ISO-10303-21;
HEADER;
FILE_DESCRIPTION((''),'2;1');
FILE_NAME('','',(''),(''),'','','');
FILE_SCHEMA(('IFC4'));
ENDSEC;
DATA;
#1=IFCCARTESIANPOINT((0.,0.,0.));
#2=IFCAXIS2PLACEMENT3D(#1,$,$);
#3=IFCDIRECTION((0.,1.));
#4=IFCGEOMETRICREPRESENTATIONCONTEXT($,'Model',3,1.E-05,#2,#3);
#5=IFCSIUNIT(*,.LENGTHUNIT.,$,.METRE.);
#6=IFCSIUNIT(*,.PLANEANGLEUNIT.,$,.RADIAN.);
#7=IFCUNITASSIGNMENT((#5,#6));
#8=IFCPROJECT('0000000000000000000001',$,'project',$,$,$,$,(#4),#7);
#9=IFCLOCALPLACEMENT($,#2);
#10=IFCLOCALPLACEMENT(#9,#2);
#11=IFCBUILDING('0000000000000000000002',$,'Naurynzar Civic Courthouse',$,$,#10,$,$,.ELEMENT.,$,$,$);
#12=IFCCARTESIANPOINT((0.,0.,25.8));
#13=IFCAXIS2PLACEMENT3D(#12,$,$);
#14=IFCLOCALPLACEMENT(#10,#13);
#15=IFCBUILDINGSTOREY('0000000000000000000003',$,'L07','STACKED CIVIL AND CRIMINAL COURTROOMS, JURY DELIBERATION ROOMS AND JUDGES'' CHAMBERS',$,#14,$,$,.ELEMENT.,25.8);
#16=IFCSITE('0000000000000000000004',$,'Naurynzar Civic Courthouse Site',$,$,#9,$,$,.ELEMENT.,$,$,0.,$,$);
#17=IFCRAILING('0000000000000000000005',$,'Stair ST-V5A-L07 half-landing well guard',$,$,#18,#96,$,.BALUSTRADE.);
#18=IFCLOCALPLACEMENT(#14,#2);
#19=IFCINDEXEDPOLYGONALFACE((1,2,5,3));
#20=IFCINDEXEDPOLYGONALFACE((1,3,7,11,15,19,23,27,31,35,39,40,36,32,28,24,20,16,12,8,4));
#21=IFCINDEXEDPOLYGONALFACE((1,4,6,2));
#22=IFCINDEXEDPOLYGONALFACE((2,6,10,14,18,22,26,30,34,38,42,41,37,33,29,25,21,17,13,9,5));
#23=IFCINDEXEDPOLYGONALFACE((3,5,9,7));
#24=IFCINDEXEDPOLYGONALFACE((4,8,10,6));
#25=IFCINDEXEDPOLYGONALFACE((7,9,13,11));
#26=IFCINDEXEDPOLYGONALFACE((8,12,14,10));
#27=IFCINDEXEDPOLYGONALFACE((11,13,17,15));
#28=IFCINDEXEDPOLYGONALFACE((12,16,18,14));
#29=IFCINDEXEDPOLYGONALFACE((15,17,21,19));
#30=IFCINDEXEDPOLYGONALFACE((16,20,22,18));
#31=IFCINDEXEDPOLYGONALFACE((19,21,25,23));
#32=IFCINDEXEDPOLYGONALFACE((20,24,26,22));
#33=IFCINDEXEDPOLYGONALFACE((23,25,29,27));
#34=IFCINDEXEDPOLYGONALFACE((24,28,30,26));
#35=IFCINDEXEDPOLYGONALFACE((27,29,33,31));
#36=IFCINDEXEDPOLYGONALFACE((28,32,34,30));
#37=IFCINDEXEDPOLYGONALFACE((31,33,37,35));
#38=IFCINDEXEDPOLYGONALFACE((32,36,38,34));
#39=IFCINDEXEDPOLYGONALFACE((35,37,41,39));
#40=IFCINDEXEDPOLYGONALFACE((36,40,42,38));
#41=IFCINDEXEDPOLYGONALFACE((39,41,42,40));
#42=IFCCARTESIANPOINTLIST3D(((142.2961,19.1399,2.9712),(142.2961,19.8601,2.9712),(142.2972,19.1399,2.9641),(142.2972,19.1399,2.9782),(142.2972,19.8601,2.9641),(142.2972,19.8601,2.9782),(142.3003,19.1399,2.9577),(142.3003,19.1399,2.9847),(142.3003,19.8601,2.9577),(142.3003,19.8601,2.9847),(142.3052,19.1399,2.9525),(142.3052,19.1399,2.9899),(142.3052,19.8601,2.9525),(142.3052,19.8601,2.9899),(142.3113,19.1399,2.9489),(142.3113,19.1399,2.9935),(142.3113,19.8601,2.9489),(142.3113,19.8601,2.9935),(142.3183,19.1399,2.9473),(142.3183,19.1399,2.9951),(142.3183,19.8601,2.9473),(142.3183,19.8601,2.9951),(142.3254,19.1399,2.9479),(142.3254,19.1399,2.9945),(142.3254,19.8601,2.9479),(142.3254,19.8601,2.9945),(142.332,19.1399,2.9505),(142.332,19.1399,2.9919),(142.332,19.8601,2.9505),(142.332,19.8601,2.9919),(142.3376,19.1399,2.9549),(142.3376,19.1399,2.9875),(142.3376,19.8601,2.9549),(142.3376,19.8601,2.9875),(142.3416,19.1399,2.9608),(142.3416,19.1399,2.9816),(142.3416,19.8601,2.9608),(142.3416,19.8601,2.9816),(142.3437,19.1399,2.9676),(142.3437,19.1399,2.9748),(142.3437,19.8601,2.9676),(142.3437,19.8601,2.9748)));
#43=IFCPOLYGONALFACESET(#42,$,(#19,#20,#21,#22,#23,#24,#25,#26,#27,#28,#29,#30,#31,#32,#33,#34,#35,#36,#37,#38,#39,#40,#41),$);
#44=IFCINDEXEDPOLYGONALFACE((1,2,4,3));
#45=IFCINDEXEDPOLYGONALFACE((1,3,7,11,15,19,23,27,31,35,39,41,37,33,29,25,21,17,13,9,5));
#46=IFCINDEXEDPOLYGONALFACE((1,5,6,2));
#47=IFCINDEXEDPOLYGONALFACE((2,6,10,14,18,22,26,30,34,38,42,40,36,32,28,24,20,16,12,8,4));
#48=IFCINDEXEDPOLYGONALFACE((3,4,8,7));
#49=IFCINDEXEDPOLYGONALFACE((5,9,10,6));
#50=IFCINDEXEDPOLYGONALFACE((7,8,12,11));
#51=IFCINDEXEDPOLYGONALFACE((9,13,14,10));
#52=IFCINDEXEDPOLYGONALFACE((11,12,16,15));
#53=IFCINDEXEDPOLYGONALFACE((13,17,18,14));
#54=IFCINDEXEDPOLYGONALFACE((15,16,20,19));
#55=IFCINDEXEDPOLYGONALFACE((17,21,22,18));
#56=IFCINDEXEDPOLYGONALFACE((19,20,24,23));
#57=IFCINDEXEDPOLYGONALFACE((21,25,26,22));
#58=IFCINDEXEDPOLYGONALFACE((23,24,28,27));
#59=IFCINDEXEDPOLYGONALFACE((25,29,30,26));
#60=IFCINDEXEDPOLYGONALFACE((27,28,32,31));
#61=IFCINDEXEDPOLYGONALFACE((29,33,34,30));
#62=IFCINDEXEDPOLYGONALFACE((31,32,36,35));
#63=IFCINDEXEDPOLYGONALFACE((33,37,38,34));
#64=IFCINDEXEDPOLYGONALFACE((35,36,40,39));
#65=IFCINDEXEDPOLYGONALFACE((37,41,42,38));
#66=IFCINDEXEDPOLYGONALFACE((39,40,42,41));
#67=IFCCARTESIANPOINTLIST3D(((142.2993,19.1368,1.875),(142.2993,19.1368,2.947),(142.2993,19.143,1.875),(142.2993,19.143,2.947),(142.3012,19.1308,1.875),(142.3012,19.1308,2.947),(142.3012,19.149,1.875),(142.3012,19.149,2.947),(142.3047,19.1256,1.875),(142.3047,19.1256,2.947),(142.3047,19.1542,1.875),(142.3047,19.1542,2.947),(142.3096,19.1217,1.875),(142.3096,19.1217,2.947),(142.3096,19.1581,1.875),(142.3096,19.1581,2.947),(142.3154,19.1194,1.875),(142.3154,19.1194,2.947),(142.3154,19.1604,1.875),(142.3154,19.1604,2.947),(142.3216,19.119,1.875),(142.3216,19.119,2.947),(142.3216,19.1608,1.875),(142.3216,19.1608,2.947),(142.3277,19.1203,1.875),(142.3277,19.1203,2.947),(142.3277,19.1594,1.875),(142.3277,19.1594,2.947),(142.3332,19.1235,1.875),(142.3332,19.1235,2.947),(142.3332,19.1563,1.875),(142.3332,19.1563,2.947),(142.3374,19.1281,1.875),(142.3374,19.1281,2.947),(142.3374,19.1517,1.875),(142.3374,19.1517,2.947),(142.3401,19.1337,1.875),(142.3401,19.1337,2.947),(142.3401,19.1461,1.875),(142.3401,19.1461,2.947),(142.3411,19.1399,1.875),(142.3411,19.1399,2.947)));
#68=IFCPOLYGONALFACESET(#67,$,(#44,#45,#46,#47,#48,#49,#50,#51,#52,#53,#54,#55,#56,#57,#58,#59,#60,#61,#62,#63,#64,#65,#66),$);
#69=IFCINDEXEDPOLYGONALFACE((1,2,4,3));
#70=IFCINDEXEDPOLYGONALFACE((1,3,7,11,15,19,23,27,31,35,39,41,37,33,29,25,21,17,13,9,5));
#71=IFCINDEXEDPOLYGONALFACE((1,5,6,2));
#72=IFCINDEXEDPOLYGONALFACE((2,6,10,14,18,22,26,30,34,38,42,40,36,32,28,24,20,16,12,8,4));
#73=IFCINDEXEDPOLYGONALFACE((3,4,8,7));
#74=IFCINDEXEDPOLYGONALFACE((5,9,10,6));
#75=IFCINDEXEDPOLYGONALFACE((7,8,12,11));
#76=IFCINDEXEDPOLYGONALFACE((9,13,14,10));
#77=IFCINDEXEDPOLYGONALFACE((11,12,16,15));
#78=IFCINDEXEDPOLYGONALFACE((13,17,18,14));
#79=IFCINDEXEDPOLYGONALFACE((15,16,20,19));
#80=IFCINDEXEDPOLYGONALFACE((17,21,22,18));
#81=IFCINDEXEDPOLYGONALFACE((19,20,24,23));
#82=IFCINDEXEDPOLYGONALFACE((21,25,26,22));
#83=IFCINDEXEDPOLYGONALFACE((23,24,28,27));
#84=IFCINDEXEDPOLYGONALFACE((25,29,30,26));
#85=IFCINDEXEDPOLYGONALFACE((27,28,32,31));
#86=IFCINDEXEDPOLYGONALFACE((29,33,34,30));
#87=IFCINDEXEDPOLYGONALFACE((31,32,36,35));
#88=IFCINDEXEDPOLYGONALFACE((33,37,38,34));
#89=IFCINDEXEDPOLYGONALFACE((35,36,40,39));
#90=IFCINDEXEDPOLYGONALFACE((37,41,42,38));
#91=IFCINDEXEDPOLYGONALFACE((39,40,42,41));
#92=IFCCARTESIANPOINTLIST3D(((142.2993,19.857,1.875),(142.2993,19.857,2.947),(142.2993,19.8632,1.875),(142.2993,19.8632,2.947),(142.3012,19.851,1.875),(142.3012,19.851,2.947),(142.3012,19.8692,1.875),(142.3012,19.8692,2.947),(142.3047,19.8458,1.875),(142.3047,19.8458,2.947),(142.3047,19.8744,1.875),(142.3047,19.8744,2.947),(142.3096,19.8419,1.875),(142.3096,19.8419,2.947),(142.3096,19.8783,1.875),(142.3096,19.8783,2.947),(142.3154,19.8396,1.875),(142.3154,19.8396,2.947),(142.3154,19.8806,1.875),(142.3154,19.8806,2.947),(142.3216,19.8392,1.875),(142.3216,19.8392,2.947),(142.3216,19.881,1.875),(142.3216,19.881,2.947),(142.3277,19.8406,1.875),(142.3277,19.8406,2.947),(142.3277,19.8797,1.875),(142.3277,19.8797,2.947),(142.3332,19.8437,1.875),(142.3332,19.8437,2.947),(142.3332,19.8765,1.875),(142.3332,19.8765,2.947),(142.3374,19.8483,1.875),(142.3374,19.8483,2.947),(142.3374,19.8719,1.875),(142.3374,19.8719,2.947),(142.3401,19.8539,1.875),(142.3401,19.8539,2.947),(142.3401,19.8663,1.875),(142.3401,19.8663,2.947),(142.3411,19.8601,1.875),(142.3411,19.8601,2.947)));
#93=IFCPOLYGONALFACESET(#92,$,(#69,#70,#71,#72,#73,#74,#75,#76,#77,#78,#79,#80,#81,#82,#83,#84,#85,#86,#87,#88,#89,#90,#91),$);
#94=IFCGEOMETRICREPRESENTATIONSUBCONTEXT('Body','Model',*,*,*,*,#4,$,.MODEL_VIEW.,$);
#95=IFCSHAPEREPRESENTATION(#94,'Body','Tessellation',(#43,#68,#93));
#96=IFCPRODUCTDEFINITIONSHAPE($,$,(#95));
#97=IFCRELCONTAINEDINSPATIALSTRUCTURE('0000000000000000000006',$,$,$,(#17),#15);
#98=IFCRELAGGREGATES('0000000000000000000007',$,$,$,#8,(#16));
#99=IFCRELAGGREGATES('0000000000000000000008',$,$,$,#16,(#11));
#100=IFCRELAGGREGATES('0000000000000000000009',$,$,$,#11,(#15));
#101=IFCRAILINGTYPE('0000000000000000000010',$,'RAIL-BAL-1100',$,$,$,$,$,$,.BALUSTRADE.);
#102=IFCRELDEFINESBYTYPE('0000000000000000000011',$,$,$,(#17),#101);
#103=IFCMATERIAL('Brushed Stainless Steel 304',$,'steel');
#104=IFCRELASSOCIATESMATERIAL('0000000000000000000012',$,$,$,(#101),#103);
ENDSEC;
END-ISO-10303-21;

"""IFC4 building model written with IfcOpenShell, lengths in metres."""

from ifc_helpers import new_model, si_unit, direction, frame, origin, origin_2d, place, context, subcontext, project, spatial, circle, extrude, material, type_object, element, save


model = new_model("IFC4")

# Units and contexts
model_context = context("Model", 3, precision=1e-05, world=origin(), true_north=direction((0.0, 1.0)))
body_context = subcontext(model_context, "Body", "Model", "MODEL_VIEW")
ifc_project = project(units=[si_unit("LENGTHUNIT", "METRE"), si_unit("PLANEANGLEUNIT", "RADIAN")], contexts=[model_context])

# Site, building, storey
site_placement = place(None, origin())
site = spatial("IfcSite", under=ifc_project, at=site_placement, Name="Naurynzar Civic Courthouse Site", CompositionType="ELEMENT", RefElevation=0.0)
building_placement = place(site_placement, origin())
building = spatial("IfcBuilding", under=site, at=building_placement, Name="Naurynzar Civic Courthouse", CompositionType="ELEMENT")
storey_placement = place(building_placement, frame((0.0, 0.0, 25.8)))
storey = spatial("IfcBuildingStorey", under=building, at=storey_placement, Name="L07", Description="STACKED CIVIL AND CRIMINAL COURTROOMS, JURY DELIBERATION ROOMS AND JUDGES' CHAMBERS", CompositionType="ELEMENT", Elevation=25.8)

# Railing
ifc_material_1 = material(Name="Brushed Stainless Steel 304", Category="steel")
railing_type_1 = type_object("IfcRailingType", Name="RAIL-BAL-1100", PredefinedType="BALUSTRADE", material=ifc_material_1)
for number, where, name in (
    (1, (142.3201, 19.1399, 1.875), "Stair ST-V5A-L07 half-landing well guard"),
):
    element("IfcRailing", number, at=place(storey_placement, frame(where)), inside=storey, type_object=railing_type_1, Name=name, PredefinedType="BALUSTRADE", context=body_context, shape_type="SweptSolid", body=[
        extrude(circle(Radius=0.0239, at=origin_2d()), frame((0.0, 0.0, 1.0962), z_axis=(0.0, 1.0, 0.0), x_axis=(-1.0, 0.0, 0.0)), (0.0, 0.0, 1.0), 0.7202),
        extrude(circle(Radius=0.021, at=origin_2d()), origin(), (0.0, 0.0, 1.0), 1.072),
        extrude(circle(Radius=0.021, at=origin_2d()), frame((0.0, 0.7202, 0.0)), (0.0, 0.0, 1.0), 1.072),
    ])

save(model, "model.ifc")
